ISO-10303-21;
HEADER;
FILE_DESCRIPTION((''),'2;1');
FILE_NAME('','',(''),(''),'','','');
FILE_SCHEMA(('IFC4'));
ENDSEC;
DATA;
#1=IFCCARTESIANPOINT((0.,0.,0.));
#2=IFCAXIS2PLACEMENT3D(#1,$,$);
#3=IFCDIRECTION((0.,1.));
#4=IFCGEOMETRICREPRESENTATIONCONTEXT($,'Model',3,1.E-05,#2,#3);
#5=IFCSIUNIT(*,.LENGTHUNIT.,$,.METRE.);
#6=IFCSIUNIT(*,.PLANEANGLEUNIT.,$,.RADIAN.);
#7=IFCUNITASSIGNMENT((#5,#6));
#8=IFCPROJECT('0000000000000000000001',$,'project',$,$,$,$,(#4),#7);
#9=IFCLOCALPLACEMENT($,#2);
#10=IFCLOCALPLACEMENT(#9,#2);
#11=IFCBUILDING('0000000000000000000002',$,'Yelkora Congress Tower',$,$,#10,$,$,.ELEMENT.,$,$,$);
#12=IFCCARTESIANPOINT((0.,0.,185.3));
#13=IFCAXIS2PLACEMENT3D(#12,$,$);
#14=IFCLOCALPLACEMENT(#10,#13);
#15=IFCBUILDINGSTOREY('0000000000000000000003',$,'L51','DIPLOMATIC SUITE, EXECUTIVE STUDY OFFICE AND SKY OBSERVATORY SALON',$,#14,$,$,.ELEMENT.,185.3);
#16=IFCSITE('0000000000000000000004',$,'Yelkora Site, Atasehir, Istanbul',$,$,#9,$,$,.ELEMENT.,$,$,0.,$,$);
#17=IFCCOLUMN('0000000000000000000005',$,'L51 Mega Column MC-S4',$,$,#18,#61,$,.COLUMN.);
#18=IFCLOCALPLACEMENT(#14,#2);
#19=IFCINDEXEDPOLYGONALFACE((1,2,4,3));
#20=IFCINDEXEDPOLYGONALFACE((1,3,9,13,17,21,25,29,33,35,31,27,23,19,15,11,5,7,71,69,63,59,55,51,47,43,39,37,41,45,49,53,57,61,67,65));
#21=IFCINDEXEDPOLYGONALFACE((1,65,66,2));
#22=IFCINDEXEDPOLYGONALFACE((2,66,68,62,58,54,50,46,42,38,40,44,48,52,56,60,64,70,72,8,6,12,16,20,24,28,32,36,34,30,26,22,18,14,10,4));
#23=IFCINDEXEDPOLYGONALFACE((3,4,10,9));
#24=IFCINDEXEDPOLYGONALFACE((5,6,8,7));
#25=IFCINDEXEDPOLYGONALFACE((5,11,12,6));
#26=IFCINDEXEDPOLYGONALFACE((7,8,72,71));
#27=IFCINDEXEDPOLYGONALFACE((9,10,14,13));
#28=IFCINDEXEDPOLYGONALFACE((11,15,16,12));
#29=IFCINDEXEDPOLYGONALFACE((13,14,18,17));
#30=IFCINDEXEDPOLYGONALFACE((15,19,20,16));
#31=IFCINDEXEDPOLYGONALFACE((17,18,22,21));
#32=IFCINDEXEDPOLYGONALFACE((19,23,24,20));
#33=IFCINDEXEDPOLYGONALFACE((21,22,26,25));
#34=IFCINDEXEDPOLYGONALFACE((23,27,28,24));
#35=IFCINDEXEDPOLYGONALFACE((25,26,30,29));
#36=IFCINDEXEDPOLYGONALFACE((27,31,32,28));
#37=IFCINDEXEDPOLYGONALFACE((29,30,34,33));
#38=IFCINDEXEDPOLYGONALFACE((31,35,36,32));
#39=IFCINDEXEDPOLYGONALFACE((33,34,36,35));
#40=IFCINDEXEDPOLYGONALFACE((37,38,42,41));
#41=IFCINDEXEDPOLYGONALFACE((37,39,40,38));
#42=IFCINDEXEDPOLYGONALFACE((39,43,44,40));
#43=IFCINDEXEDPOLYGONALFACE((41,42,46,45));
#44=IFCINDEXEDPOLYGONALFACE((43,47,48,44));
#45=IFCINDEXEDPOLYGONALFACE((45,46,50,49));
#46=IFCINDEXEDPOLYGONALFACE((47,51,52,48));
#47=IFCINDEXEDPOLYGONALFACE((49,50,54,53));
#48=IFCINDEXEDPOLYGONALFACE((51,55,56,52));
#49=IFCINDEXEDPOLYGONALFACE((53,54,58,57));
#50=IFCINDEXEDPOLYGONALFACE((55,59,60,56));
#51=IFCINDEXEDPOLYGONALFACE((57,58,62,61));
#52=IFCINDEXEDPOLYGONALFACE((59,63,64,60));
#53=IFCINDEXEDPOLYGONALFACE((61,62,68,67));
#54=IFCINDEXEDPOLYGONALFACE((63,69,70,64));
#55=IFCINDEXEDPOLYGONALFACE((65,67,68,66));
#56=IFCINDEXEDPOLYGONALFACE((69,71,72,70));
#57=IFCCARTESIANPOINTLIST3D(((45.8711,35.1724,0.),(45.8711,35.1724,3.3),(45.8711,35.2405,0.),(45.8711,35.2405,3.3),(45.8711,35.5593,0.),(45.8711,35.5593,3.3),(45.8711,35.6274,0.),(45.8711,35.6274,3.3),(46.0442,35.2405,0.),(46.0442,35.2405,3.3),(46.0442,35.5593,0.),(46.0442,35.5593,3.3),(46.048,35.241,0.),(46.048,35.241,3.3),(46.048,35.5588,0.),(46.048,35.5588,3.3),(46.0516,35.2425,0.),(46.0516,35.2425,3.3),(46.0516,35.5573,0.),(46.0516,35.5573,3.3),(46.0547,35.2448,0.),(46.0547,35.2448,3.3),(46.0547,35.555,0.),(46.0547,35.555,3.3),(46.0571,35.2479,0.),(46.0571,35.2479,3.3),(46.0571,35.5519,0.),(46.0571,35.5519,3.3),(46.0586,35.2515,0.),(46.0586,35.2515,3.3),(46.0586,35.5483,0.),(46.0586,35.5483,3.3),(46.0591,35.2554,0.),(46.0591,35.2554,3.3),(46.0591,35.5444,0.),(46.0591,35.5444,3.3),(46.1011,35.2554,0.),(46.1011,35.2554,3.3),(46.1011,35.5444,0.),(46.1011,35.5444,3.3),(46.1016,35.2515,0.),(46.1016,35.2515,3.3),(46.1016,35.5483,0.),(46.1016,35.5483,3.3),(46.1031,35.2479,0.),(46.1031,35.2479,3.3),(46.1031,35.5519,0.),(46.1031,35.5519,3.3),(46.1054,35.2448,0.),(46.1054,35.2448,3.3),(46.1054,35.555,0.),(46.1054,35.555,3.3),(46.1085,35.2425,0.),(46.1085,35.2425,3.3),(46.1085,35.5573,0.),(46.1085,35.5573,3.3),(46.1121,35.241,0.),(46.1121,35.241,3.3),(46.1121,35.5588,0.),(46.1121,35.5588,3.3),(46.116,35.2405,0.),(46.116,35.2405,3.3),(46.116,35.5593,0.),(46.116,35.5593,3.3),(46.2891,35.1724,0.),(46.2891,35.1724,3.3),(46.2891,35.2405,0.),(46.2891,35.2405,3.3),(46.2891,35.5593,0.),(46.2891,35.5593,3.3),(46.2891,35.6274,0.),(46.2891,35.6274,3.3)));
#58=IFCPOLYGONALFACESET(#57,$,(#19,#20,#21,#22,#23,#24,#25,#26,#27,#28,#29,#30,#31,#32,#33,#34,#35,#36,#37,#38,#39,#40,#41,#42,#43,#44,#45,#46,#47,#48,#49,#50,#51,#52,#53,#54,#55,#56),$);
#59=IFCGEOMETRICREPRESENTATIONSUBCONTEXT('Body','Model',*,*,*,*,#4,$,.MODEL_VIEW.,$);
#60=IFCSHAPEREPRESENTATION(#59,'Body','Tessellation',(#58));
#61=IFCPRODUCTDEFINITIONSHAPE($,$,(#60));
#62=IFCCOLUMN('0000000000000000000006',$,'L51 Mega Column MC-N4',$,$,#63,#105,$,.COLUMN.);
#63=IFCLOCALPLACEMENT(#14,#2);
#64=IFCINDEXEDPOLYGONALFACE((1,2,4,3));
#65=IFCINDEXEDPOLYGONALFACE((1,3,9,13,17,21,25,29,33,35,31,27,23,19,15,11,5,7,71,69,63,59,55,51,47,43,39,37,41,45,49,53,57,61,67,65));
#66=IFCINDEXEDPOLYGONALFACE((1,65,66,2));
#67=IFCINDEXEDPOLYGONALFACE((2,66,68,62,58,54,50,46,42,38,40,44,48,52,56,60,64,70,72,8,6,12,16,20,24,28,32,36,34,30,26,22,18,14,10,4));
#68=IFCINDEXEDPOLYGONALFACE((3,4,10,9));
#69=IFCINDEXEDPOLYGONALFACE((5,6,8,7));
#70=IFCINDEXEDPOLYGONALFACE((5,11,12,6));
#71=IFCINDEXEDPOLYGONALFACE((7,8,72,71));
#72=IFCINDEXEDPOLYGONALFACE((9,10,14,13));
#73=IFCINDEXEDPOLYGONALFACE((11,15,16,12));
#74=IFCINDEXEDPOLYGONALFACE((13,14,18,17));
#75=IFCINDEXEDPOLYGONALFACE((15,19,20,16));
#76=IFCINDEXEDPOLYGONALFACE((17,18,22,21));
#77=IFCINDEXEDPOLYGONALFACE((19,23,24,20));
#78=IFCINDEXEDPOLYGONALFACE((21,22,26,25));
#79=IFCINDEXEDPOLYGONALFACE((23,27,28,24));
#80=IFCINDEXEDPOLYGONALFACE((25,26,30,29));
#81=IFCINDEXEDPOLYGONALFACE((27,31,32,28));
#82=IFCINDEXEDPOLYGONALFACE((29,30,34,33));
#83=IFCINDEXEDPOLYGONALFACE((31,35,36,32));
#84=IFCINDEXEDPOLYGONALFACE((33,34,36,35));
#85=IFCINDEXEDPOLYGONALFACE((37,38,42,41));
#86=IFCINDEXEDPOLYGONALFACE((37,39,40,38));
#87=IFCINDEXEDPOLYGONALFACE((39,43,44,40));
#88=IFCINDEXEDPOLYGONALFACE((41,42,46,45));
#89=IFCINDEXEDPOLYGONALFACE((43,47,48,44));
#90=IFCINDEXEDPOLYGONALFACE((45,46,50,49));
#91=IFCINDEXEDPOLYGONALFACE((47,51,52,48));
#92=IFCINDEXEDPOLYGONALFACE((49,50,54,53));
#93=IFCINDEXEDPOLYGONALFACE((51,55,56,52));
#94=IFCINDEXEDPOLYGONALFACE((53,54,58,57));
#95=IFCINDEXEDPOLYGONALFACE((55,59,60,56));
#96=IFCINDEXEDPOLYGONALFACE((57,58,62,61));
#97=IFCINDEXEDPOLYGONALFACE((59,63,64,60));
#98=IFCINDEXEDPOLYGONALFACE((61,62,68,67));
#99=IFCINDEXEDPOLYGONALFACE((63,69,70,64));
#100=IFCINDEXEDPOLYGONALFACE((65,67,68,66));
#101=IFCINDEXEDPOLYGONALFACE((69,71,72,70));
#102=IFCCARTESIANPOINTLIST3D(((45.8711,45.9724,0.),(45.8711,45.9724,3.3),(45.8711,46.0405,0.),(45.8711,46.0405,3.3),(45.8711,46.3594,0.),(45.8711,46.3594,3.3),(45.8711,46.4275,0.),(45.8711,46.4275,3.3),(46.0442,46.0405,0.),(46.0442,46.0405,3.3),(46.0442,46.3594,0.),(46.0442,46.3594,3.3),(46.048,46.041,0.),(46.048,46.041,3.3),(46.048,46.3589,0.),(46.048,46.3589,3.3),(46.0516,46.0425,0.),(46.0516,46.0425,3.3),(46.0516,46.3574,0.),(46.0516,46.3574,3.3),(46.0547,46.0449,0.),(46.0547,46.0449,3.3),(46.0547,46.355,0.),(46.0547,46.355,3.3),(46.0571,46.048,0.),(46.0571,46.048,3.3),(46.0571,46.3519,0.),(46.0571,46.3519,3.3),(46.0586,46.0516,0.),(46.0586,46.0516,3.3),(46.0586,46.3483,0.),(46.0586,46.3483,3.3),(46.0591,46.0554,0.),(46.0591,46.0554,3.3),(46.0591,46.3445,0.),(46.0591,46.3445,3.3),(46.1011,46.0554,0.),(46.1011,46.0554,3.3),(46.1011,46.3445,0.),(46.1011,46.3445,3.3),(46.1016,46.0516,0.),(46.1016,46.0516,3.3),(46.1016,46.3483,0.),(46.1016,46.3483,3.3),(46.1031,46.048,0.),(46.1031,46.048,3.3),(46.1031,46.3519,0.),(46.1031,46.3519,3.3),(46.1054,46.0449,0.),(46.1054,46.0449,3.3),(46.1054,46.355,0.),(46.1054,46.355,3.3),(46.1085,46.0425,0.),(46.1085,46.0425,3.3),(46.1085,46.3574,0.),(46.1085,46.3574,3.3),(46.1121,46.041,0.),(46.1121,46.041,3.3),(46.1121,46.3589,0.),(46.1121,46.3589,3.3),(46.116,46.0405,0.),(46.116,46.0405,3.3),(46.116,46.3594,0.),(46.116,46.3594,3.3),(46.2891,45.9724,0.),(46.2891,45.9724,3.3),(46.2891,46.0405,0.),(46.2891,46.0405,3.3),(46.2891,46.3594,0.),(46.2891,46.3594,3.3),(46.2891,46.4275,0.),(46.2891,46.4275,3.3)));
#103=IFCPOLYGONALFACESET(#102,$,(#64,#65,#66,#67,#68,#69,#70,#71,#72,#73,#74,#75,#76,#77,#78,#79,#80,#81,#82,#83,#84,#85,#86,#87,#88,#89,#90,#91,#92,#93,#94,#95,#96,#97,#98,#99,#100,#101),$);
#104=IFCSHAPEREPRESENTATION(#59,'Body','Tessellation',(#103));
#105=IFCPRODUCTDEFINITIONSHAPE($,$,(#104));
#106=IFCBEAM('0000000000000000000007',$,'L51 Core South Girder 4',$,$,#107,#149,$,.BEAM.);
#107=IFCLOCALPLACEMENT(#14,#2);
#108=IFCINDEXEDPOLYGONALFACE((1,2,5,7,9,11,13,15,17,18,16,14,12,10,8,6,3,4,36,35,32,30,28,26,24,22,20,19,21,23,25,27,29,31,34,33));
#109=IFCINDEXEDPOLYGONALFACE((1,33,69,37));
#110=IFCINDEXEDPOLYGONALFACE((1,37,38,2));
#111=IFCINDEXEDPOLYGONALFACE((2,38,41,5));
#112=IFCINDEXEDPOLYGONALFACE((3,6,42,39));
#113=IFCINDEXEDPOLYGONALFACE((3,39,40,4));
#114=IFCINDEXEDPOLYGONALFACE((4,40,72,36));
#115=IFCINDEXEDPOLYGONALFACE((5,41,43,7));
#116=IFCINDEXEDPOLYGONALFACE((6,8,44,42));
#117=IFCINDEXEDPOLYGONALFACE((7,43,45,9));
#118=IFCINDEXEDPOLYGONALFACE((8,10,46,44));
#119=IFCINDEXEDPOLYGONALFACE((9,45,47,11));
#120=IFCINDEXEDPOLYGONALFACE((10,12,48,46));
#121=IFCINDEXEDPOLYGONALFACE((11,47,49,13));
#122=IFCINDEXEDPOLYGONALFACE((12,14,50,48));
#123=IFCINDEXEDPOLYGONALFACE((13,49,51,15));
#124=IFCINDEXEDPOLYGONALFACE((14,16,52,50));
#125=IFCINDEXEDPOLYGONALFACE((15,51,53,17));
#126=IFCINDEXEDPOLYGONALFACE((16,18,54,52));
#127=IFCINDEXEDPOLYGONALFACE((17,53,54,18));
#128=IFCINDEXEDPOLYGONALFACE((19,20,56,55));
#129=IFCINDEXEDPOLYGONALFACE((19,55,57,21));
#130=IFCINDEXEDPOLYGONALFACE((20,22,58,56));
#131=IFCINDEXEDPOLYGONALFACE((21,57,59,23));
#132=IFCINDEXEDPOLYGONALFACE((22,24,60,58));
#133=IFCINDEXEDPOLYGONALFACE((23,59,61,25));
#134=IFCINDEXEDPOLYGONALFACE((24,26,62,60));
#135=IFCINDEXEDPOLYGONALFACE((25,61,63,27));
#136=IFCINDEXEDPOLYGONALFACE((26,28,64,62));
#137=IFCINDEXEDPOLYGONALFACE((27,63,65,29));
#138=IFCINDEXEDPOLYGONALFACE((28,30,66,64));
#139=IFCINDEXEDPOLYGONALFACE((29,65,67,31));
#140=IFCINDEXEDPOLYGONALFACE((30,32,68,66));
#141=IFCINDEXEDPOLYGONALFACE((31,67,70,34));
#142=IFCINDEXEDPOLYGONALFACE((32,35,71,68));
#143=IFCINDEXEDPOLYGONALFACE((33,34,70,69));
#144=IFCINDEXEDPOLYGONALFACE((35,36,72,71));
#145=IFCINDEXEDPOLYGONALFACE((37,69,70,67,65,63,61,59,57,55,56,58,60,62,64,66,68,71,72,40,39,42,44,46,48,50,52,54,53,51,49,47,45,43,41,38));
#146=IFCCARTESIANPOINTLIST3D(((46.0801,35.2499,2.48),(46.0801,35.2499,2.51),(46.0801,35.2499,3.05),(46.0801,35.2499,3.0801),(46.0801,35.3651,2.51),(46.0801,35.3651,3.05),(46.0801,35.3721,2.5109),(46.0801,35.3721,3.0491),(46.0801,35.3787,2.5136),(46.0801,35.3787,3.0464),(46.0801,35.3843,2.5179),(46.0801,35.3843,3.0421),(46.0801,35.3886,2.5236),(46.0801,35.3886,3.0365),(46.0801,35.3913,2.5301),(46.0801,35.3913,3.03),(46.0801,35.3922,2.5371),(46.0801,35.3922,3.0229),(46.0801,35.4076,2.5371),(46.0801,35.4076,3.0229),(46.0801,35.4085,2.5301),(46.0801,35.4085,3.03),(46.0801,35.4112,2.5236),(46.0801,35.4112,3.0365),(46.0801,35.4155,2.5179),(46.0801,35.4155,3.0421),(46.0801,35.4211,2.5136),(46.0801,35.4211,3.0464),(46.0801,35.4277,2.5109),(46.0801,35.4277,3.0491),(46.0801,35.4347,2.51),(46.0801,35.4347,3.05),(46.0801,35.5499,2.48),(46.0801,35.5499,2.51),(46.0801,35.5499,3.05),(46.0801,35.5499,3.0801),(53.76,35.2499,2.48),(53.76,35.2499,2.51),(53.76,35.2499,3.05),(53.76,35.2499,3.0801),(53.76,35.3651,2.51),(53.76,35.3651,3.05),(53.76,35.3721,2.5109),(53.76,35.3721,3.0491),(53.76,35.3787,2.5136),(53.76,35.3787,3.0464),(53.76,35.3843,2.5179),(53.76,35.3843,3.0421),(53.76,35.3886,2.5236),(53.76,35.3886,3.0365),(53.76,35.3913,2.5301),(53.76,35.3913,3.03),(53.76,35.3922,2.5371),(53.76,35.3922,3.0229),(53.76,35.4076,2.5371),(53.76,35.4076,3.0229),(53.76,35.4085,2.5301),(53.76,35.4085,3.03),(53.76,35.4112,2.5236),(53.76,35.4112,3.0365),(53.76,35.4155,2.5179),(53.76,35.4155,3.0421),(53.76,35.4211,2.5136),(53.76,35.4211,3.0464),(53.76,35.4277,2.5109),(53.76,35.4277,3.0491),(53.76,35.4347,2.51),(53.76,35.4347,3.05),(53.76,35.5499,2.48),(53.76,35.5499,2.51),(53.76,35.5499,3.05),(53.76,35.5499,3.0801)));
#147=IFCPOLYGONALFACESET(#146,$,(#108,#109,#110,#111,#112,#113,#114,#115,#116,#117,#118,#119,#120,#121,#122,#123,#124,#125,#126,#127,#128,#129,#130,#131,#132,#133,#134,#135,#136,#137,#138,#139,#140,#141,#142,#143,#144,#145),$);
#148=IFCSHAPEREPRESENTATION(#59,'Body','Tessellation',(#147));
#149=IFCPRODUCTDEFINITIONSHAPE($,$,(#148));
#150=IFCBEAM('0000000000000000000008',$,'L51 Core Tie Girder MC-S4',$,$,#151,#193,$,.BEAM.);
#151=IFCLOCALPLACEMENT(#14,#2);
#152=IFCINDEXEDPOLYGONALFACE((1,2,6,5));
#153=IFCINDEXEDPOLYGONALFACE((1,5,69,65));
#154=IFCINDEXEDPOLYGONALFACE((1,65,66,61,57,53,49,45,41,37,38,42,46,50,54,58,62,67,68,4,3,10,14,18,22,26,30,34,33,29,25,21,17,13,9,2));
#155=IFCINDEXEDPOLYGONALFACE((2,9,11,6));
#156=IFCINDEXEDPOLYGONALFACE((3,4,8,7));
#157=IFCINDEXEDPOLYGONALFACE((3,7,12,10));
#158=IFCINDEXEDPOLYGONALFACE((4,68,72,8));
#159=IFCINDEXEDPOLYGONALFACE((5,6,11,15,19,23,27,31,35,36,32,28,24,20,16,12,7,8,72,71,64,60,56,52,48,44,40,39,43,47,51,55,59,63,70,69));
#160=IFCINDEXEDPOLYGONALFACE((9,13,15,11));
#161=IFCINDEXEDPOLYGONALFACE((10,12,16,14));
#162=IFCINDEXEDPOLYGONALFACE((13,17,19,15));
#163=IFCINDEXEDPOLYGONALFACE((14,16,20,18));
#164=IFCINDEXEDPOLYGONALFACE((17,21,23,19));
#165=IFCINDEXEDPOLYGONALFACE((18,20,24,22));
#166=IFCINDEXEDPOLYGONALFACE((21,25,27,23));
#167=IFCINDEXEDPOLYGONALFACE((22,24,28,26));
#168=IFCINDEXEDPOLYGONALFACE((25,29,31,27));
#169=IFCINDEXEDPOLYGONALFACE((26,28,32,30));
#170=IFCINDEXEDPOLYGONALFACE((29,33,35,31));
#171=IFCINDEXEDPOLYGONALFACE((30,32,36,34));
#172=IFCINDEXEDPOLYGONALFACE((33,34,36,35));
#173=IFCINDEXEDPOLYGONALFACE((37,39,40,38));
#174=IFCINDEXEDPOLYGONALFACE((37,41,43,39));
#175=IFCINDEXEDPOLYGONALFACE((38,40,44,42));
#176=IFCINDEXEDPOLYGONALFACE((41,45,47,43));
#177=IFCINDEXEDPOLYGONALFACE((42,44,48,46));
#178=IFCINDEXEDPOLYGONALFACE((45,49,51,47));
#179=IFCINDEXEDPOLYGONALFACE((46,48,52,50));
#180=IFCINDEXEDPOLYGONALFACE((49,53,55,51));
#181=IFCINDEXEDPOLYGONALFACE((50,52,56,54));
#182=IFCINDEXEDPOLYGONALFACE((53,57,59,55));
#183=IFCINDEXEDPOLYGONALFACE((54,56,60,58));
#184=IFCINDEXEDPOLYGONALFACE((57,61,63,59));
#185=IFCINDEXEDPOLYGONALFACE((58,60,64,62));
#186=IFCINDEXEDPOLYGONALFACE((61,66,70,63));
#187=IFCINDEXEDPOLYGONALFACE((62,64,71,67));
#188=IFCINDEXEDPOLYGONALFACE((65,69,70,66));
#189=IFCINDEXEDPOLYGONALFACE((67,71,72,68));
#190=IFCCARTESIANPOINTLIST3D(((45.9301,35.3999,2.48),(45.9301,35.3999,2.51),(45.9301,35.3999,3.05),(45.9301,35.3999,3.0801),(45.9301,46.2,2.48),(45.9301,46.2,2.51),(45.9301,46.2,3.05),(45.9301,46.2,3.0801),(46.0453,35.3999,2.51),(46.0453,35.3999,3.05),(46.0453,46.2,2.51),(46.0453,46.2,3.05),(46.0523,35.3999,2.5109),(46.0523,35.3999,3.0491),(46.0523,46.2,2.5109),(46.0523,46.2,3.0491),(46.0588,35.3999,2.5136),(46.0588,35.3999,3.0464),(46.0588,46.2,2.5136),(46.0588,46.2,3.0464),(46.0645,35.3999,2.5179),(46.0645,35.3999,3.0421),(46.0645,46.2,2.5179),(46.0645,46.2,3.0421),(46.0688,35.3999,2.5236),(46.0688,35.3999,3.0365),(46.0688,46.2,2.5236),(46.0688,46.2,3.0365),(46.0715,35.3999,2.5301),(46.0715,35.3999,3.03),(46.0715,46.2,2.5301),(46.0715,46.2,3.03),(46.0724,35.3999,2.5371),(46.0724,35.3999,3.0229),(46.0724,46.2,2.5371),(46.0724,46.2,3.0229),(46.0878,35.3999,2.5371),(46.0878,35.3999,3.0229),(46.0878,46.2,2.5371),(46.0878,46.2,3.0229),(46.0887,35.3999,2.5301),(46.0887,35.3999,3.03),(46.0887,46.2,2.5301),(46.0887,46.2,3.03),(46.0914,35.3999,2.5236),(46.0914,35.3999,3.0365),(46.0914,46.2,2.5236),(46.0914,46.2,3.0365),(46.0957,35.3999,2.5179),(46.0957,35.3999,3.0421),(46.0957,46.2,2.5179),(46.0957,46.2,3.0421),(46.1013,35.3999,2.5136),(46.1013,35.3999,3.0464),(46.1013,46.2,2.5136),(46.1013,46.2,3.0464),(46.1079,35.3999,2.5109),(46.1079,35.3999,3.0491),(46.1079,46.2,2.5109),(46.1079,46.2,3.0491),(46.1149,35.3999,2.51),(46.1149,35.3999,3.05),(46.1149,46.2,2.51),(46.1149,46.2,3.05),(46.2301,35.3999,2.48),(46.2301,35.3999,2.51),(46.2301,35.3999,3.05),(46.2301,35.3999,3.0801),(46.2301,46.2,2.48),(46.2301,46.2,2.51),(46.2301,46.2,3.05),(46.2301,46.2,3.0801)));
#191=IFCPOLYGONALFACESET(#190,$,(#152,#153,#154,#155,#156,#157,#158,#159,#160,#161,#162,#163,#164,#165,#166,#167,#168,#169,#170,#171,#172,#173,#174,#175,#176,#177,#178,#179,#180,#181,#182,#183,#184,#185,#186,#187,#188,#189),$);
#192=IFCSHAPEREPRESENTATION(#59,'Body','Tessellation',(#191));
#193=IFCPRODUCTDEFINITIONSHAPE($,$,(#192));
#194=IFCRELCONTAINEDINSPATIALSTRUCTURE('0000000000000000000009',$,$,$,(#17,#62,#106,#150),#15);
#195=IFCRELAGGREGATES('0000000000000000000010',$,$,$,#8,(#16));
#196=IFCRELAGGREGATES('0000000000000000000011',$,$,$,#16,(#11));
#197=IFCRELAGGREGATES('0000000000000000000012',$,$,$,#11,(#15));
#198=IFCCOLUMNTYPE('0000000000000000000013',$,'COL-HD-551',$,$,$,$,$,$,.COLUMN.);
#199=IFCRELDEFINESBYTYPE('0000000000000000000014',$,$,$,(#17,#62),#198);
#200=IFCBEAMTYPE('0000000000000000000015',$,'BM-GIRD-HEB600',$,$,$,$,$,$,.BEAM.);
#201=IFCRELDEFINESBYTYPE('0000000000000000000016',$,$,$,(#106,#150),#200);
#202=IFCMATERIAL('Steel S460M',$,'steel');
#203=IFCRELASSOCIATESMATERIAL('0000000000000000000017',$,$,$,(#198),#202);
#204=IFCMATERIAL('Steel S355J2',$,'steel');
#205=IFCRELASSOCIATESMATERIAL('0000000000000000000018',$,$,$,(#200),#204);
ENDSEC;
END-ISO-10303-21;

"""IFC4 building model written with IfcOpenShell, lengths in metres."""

from ifc_helpers import new_model, si_unit, direction, frame, origin, origin_2d, place, context, subcontext, project, spatial, i_section, extrude, material, material_profile, profile_set, type_object, element, save


model = new_model("IFC4")

# Units and contexts
model_context = context("Model", 3, precision=1e-05, world=origin(), true_north=direction((0.0, 1.0)))
body_context = subcontext(model_context, "Body", "Model", "MODEL_VIEW")
ifc_project = project(units=[si_unit("LENGTHUNIT", "METRE"), si_unit("PLANEANGLEUNIT", "RADIAN")], contexts=[model_context])

# Site, building, storey
site_placement = place(None, origin())
site = spatial("IfcSite", under=ifc_project, at=site_placement, Name="Yelkora Site, Atasehir, Istanbul", CompositionType="ELEMENT", RefElevation=0.0)
building_placement = place(site_placement, origin())
building = spatial("IfcBuilding", under=site, at=building_placement, Name="Yelkora Congress Tower", CompositionType="ELEMENT")
storey_placement = place(building_placement, frame((0.0, 0.0, 185.3)))
storey = spatial("IfcBuildingStorey", under=building, at=storey_placement, Name="L51", Description="DIPLOMATIC SUITE, EXECUTIVE STUDY OFFICE AND SKY OBSERVATORY SALON", CompositionType="ELEMENT", Elevation=185.3)

# Columns
ifc_material_1 = material(Name="Steel S460M", Category="steel")
ifc_material_profile_1 = material_profile(ifc_material_1, i_section(OverallWidth=0.418, OverallDepth=0.4551, WebThickness=0.042, FlangeThickness=0.0681, FilletRadius=0.0149, at=origin_2d()), Name="HD 400x551")
ifc_profile_set_1 = profile_set([ifc_material_profile_1], Name="Steel S460M")
column_type = type_object("IfcColumnType", Name="COL-HD-551", PredefinedType="COLUMN", material=ifc_profile_set_1)
for number, where, z_axis, x_axis, name in (
    (1, (46.0801, 35.3999, 0.0), (0.0, 0.0, 1.0), (1.0, 0.0, 0.0), "L51 Mega Column MC-S4"),
    (2, (46.0801, 46.2, 0.0), (0.0, 0.0, 1.0), (1.0, 0.0, 0.0), "L51 Mega Column MC-N4"),
):
    element("IfcColumn", number, at=place(storey_placement, frame(where, z_axis=z_axis, x_axis=x_axis)), inside=storey, type_object=column_type, Name=name, PredefinedType="COLUMN", context=body_context, shape_type="SweptSolid", body=[
        extrude(i_section(OverallWidth=0.418, OverallDepth=0.4551, WebThickness=0.042, FlangeThickness=0.0681, FilletRadius=0.0149, at=origin_2d()), origin(), (0.0, 0.0, 1.0), 3.3),
    ])

# Beams
ifc_material_2 = material(Name="Steel S355J2", Category="steel")
ifc_material_profile_2 = material_profile(ifc_material_2, i_section(OverallWidth=0.3, OverallDepth=0.6001, WebThickness=0.0154, FlangeThickness=0.03, FilletRadius=0.0271, at=origin_2d()), Name="HEB 600")
ifc_profile_set_2 = profile_set([ifc_material_profile_2], Name="Steel S355J2")
beam_type_1 = type_object("IfcBeamType", Name="BM-GIRD-HEB600", PredefinedType="BEAM", material=ifc_profile_set_2)
beam_1_placement = place(storey_placement, frame((46.0801, 35.3999, 2.78), z_axis=(1.0, 0.0, 0.0), x_axis=(0.0, 1.0, 0.0)))
element("IfcBeam", 3, at=beam_1_placement, inside=storey, type_object=beam_type_1, Name="L51 Core South Girder 4", PredefinedType="BEAM", context=body_context, shape_type="SweptSolid", body=[
    extrude(i_section(OverallWidth=0.3, OverallDepth=0.6001, WebThickness=0.0154, FlangeThickness=0.03, FilletRadius=0.0271, at=origin_2d()), origin(), (0.0, 0.0, 1.0), 7.6799),
])
beam_2_placement = place(storey_placement, frame((46.0801, 35.3999, 2.78), z_axis=(0.0, 1.0, 0.0), x_axis=(-1.0, 0.0, 0.0)))
element("IfcBeam", 4, at=beam_2_placement, inside=storey, type_object=beam_type_1, Name="L51 Core Tie Girder MC-S4", PredefinedType="BEAM", context=body_context, shape_type="SweptSolid", body=[
    extrude(i_section(OverallWidth=0.3, OverallDepth=0.6001, WebThickness=0.0154, FlangeThickness=0.03, FilletRadius=0.0271, at=origin_2d()), origin(), (0.0, 0.0, 1.0), 10.8),
])

save(model, "model.ifc")
